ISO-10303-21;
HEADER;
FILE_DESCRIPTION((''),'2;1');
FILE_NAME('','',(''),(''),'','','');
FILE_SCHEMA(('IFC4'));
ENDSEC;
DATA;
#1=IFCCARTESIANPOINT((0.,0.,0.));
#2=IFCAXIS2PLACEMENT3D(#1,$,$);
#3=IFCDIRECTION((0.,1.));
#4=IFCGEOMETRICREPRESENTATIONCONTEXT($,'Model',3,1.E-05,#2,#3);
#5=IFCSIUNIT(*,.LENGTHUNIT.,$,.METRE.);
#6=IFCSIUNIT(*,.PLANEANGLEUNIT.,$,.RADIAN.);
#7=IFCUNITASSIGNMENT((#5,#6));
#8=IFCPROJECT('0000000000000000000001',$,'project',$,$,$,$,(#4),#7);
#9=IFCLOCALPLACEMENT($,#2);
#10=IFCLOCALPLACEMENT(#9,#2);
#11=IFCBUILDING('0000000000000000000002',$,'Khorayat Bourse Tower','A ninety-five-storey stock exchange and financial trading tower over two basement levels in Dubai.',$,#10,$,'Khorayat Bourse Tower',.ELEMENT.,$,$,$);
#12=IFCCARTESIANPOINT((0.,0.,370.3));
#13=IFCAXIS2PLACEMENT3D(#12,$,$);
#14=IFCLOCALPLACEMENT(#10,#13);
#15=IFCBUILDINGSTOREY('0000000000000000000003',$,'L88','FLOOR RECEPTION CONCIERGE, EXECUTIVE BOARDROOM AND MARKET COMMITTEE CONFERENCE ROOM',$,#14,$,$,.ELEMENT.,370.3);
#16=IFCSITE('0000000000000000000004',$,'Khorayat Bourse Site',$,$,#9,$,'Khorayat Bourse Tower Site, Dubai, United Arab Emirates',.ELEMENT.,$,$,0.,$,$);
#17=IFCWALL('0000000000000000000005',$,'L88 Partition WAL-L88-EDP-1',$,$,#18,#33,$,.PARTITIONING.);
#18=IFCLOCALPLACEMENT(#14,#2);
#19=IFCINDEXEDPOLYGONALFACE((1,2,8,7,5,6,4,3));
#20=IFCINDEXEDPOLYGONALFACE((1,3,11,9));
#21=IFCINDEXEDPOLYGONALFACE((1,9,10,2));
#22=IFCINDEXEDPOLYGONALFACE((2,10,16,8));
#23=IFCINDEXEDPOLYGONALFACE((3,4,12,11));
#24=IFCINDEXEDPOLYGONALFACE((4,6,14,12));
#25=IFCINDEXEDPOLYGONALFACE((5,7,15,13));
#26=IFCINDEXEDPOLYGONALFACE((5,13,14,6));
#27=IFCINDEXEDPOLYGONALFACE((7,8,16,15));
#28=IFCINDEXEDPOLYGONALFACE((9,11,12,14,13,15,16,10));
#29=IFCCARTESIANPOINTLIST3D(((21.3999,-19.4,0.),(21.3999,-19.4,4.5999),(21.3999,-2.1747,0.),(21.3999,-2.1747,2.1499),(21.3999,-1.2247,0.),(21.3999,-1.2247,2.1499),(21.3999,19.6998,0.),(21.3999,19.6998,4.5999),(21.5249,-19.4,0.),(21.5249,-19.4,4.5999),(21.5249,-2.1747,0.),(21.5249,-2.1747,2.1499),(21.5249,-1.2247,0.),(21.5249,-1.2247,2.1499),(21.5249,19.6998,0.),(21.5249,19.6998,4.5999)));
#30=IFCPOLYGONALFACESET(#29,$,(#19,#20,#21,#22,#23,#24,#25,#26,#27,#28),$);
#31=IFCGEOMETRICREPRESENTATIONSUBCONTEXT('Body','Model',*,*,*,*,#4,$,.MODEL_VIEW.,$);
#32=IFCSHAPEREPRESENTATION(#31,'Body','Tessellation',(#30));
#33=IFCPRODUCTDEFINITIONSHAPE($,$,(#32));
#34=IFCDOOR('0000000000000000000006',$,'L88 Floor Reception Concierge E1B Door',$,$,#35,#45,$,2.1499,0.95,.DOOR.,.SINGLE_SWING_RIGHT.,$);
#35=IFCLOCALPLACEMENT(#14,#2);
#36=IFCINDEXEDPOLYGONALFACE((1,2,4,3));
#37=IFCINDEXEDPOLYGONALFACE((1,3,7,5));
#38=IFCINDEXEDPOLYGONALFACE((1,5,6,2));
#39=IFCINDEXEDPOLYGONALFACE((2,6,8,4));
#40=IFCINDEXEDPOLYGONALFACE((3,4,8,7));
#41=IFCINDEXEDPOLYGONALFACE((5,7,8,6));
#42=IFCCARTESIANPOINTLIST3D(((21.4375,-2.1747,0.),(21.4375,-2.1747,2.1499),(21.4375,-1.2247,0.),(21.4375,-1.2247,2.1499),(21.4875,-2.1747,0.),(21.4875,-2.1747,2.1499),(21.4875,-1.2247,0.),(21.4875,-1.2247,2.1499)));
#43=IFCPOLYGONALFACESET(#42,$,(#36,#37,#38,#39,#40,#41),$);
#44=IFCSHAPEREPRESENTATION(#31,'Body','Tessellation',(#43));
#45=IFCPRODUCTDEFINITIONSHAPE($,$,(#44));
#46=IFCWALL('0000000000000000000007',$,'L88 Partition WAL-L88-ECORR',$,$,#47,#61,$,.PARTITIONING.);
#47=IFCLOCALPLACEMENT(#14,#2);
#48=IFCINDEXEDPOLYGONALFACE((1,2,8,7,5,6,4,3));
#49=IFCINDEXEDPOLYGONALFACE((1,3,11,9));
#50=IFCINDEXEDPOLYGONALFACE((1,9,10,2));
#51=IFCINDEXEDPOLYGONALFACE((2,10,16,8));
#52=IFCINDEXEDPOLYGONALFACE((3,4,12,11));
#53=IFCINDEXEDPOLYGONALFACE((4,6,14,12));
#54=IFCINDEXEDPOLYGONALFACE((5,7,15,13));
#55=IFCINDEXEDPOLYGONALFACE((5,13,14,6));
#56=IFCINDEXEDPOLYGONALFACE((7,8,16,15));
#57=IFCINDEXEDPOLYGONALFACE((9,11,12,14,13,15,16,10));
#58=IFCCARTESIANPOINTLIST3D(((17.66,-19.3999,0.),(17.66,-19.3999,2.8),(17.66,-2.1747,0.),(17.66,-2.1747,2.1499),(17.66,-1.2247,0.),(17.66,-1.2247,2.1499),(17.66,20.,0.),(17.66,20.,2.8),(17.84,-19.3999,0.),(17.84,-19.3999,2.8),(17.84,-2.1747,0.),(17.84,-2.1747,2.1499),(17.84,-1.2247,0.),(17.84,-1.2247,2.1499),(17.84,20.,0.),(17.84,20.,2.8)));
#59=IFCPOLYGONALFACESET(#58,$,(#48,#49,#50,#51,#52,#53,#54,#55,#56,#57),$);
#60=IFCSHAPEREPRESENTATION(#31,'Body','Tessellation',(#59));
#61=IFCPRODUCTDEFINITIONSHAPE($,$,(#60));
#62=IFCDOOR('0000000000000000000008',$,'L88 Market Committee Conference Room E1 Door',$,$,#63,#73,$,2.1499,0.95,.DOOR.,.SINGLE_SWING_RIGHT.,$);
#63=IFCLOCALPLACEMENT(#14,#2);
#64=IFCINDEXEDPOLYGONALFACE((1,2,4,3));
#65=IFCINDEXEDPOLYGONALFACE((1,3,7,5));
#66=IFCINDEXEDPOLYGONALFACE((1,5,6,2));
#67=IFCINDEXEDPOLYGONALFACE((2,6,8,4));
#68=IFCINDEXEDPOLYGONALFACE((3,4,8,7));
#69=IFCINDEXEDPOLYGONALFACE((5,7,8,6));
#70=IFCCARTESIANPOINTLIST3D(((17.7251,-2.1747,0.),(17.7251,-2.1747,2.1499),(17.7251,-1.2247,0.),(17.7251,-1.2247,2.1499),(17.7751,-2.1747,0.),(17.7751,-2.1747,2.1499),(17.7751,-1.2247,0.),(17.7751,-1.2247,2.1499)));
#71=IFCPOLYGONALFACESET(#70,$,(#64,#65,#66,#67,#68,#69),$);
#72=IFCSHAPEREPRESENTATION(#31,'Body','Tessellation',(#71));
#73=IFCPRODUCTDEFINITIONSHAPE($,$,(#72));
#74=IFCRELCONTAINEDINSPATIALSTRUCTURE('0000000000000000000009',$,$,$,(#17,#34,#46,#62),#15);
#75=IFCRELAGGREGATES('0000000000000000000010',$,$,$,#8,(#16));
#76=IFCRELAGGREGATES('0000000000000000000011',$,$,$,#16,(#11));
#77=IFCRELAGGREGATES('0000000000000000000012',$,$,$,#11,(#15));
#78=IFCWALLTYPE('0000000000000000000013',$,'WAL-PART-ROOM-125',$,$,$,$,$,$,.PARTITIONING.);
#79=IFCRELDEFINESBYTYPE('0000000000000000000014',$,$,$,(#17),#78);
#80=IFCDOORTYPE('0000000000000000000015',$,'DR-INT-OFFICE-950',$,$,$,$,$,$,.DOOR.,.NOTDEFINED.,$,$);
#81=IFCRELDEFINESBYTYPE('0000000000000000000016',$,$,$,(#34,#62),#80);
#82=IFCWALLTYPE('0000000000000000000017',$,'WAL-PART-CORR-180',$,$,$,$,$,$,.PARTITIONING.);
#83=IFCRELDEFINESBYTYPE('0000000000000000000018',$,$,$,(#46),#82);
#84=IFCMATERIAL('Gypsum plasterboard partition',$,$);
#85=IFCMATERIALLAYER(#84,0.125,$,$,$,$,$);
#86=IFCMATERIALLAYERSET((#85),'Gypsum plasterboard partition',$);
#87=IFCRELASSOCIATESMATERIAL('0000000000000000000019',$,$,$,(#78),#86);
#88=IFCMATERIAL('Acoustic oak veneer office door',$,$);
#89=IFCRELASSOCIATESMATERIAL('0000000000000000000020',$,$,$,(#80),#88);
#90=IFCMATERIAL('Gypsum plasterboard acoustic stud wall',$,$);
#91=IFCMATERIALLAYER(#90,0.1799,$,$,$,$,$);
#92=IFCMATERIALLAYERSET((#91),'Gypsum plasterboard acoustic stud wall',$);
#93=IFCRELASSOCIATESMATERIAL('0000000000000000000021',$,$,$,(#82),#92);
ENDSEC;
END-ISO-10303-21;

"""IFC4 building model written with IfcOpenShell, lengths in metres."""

from ifc_helpers import new_model, si_unit, direction, frame, frame_2d, origin, place, context, subcontext, project, spatial, rectangle, extrude, source, transform, mapped, material, layer, layer_set, type_object, element, fill, save


model = new_model("IFC4")

# Units and contexts
model_context = context("Model", 3, precision=1e-05, world=origin(), true_north=direction((0.0, 1.0)))
body_context = subcontext(model_context, "Body", "Model", "MODEL_VIEW")
ifc_project = project(units=[si_unit("LENGTHUNIT", "METRE"), si_unit("PLANEANGLEUNIT", "RADIAN")], contexts=[model_context])

# Site, building, storey
site_placement = place(None, origin())
site = spatial("IfcSite", under=ifc_project, at=site_placement, Name="Khorayat Bourse Site", LongName="Khorayat Bourse Tower Site, Dubai, United Arab Emirates", CompositionType="ELEMENT", RefElevation=0.0)
building_placement = place(site_placement, origin())
building = spatial("IfcBuilding", under=site, at=building_placement, Name="Khorayat Bourse Tower", Description="A ninety-five-storey stock exchange and financial trading tower over two basement levels in Dubai.", LongName="Khorayat Bourse Tower", CompositionType="ELEMENT")
storey_placement = place(building_placement, frame((0.0, 0.0, 370.3)))
storey = spatial("IfcBuildingStorey", under=building, at=storey_placement, Name="L88", Description="FLOOR RECEPTION CONCIERGE, EXECUTIVE BOARDROOM AND MARKET COMMITTEE CONFERENCE ROOM", CompositionType="ELEMENT", Elevation=370.3)

# Walls, openings, doors
ifc_material_1 = material(Name="Gypsum plasterboard partition")
ifc_layer_1 = layer(ifc_material_1, 0.125)
ifc_layer_set_1 = layer_set([ifc_layer_1], Name="Gypsum plasterboard partition")
wall_type_1 = type_object("IfcWallType", Name="WAL-PART-ROOM-125", PredefinedType="PARTITIONING", material=ifc_layer_set_1)
shared_shape_1 = source(origin(), body_context, "Body", "SweptSolid", [
    extrude(rectangle(XDim=39.0999, YDim=0.125, at=frame_2d((19.5498, 0.0))), origin(), (0.0, 0.0, 1.0), 4.5999),
])
wall_1_placement = place(storey_placement, frame((21.4624, -19.3999, 0.0), z_axis=(0.0, 0.0, 1.0), x_axis=(0.0, 1.0, 0.0)))
wall_1 = element("IfcWall", 1, at=wall_1_placement, inside=storey, type_object=wall_type_1, Name="L88 Partition WAL-L88-EDP-1", PredefinedType="PARTITIONING", context=body_context, shape_type="MappedRepresentation", body=[
    mapped(shared_shape_1, transform((0.0, 0.0, 0.0), scale=1.0)),
])
shared_shape_2 = source(origin(), body_context, "Body", "SweptSolid", [
    extrude(rectangle(XDim=0.95, YDim=2.1499, at=frame_2d((0.4751, 1.075))), frame((0.0, 0.0725, 0.0), z_axis=(0.0, -1.0, 0.0), x_axis=(1.0, 0.0, 0.0)), (0.0, 0.0, 1.0), 0.145),
])
opening_1_placement = place(wall_1_placement, frame((17.2251, 0.0, 0.0)))
opening_1 = element("IfcOpeningElement", 2, at=opening_1_placement, cuts=wall_1, PredefinedType="OPENING", context=body_context, shape_type="MappedRepresentation", body=[
    mapped(shared_shape_2, transform((0.0, 0.0, 0.0), scale=1.0)),
])
ifc_material_2 = material(Name="Acoustic oak veneer office door")
door_type = type_object("IfcDoorType", Name="DR-INT-OFFICE-950", OperationType="NOTDEFINED", PredefinedType="DOOR", material=ifc_material_2)
shared_shape_3 = source(origin(), body_context, "Body", "SweptSolid", [
    extrude(rectangle(XDim=0.95, YDim=2.1499, at=frame_2d((0.4751, 1.075))), frame((0.0, 0.0249, 0.0), z_axis=(0.0, -1.0, 0.0), x_axis=(1.0, 0.0, 0.0)), (0.0, 0.0, 1.0), 0.05),
])
door_1_placement = place(opening_1_placement, origin())
door_1 = element("IfcDoor", 3, at=door_1_placement, inside=storey, type_object=door_type, Name="L88 Floor Reception Concierge E1B Door", OperationType="SINGLE_SWING_RIGHT", OverallHeight=2.1499, OverallWidth=0.95, PredefinedType="DOOR", context=body_context, shape_type="MappedRepresentation", body=[
    mapped(shared_shape_3, transform((0.0, 0.0, 0.0), scale=1.0)),
])
fill(opening_1, door_1)
ifc_material_3 = material(Name="Gypsum plasterboard acoustic stud wall")
ifc_layer_2 = layer(ifc_material_3, 0.1799)
ifc_layer_set_2 = layer_set([ifc_layer_2], Name="Gypsum plasterboard acoustic stud wall")
wall_type_2 = type_object("IfcWallType", Name="WAL-PART-CORR-180", PredefinedType="PARTITIONING", material=ifc_layer_set_2)
shared_shape_4 = source(origin(), body_context, "Body", "SweptSolid", [
    extrude(rectangle(XDim=39.3999, YDim=0.1799, at=frame_2d((19.7, 0.0))), origin(), (0.0, 0.0, 1.0), 2.8),
])
wall_2_placement = place(storey_placement, frame((17.75, -19.3999, 0.0), z_axis=(0.0, 0.0, 1.0), x_axis=(0.0, 1.0, 0.0)))
wall_2 = element("IfcWall", 4, at=wall_2_placement, inside=storey, type_object=wall_type_2, Name="L88 Partition WAL-L88-ECORR", PredefinedType="PARTITIONING", context=body_context, shape_type="MappedRepresentation", body=[
    mapped(shared_shape_4, transform((0.0, 0.0, 0.0), scale=1.0)),
])
shared_shape_5 = source(origin(), body_context, "Body", "SweptSolid", [
    extrude(rectangle(XDim=0.95, YDim=2.1499, at=frame_2d((0.4751, 1.075))), frame((0.0, 0.0999, 0.0), z_axis=(0.0, -1.0, 0.0), x_axis=(1.0, 0.0, 0.0)), (0.0, 0.0, 1.0), 0.2),
])
opening_2_placement = place(wall_2_placement, frame((17.2251, 0.0, 0.0)))
opening_2 = element("IfcOpeningElement", 5, at=opening_2_placement, cuts=wall_2, PredefinedType="OPENING", context=body_context, shape_type="MappedRepresentation", body=[
    mapped(shared_shape_5, transform((0.0, 0.0, 0.0), scale=1.0)),
])
door_2_placement = place(opening_2_placement, origin())
door_2 = element("IfcDoor", 6, at=door_2_placement, inside=storey, type_object=door_type, Name="L88 Market Committee Conference Room E1 Door", OperationType="SINGLE_SWING_RIGHT", OverallHeight=2.1499, OverallWidth=0.95, PredefinedType="DOOR", context=body_context, shape_type="MappedRepresentation", body=[
    mapped(shared_shape_3, transform((0.0, 0.0, 0.0), scale=1.0)),
])
fill(opening_2, door_2)

save(model, "model.ifc")
